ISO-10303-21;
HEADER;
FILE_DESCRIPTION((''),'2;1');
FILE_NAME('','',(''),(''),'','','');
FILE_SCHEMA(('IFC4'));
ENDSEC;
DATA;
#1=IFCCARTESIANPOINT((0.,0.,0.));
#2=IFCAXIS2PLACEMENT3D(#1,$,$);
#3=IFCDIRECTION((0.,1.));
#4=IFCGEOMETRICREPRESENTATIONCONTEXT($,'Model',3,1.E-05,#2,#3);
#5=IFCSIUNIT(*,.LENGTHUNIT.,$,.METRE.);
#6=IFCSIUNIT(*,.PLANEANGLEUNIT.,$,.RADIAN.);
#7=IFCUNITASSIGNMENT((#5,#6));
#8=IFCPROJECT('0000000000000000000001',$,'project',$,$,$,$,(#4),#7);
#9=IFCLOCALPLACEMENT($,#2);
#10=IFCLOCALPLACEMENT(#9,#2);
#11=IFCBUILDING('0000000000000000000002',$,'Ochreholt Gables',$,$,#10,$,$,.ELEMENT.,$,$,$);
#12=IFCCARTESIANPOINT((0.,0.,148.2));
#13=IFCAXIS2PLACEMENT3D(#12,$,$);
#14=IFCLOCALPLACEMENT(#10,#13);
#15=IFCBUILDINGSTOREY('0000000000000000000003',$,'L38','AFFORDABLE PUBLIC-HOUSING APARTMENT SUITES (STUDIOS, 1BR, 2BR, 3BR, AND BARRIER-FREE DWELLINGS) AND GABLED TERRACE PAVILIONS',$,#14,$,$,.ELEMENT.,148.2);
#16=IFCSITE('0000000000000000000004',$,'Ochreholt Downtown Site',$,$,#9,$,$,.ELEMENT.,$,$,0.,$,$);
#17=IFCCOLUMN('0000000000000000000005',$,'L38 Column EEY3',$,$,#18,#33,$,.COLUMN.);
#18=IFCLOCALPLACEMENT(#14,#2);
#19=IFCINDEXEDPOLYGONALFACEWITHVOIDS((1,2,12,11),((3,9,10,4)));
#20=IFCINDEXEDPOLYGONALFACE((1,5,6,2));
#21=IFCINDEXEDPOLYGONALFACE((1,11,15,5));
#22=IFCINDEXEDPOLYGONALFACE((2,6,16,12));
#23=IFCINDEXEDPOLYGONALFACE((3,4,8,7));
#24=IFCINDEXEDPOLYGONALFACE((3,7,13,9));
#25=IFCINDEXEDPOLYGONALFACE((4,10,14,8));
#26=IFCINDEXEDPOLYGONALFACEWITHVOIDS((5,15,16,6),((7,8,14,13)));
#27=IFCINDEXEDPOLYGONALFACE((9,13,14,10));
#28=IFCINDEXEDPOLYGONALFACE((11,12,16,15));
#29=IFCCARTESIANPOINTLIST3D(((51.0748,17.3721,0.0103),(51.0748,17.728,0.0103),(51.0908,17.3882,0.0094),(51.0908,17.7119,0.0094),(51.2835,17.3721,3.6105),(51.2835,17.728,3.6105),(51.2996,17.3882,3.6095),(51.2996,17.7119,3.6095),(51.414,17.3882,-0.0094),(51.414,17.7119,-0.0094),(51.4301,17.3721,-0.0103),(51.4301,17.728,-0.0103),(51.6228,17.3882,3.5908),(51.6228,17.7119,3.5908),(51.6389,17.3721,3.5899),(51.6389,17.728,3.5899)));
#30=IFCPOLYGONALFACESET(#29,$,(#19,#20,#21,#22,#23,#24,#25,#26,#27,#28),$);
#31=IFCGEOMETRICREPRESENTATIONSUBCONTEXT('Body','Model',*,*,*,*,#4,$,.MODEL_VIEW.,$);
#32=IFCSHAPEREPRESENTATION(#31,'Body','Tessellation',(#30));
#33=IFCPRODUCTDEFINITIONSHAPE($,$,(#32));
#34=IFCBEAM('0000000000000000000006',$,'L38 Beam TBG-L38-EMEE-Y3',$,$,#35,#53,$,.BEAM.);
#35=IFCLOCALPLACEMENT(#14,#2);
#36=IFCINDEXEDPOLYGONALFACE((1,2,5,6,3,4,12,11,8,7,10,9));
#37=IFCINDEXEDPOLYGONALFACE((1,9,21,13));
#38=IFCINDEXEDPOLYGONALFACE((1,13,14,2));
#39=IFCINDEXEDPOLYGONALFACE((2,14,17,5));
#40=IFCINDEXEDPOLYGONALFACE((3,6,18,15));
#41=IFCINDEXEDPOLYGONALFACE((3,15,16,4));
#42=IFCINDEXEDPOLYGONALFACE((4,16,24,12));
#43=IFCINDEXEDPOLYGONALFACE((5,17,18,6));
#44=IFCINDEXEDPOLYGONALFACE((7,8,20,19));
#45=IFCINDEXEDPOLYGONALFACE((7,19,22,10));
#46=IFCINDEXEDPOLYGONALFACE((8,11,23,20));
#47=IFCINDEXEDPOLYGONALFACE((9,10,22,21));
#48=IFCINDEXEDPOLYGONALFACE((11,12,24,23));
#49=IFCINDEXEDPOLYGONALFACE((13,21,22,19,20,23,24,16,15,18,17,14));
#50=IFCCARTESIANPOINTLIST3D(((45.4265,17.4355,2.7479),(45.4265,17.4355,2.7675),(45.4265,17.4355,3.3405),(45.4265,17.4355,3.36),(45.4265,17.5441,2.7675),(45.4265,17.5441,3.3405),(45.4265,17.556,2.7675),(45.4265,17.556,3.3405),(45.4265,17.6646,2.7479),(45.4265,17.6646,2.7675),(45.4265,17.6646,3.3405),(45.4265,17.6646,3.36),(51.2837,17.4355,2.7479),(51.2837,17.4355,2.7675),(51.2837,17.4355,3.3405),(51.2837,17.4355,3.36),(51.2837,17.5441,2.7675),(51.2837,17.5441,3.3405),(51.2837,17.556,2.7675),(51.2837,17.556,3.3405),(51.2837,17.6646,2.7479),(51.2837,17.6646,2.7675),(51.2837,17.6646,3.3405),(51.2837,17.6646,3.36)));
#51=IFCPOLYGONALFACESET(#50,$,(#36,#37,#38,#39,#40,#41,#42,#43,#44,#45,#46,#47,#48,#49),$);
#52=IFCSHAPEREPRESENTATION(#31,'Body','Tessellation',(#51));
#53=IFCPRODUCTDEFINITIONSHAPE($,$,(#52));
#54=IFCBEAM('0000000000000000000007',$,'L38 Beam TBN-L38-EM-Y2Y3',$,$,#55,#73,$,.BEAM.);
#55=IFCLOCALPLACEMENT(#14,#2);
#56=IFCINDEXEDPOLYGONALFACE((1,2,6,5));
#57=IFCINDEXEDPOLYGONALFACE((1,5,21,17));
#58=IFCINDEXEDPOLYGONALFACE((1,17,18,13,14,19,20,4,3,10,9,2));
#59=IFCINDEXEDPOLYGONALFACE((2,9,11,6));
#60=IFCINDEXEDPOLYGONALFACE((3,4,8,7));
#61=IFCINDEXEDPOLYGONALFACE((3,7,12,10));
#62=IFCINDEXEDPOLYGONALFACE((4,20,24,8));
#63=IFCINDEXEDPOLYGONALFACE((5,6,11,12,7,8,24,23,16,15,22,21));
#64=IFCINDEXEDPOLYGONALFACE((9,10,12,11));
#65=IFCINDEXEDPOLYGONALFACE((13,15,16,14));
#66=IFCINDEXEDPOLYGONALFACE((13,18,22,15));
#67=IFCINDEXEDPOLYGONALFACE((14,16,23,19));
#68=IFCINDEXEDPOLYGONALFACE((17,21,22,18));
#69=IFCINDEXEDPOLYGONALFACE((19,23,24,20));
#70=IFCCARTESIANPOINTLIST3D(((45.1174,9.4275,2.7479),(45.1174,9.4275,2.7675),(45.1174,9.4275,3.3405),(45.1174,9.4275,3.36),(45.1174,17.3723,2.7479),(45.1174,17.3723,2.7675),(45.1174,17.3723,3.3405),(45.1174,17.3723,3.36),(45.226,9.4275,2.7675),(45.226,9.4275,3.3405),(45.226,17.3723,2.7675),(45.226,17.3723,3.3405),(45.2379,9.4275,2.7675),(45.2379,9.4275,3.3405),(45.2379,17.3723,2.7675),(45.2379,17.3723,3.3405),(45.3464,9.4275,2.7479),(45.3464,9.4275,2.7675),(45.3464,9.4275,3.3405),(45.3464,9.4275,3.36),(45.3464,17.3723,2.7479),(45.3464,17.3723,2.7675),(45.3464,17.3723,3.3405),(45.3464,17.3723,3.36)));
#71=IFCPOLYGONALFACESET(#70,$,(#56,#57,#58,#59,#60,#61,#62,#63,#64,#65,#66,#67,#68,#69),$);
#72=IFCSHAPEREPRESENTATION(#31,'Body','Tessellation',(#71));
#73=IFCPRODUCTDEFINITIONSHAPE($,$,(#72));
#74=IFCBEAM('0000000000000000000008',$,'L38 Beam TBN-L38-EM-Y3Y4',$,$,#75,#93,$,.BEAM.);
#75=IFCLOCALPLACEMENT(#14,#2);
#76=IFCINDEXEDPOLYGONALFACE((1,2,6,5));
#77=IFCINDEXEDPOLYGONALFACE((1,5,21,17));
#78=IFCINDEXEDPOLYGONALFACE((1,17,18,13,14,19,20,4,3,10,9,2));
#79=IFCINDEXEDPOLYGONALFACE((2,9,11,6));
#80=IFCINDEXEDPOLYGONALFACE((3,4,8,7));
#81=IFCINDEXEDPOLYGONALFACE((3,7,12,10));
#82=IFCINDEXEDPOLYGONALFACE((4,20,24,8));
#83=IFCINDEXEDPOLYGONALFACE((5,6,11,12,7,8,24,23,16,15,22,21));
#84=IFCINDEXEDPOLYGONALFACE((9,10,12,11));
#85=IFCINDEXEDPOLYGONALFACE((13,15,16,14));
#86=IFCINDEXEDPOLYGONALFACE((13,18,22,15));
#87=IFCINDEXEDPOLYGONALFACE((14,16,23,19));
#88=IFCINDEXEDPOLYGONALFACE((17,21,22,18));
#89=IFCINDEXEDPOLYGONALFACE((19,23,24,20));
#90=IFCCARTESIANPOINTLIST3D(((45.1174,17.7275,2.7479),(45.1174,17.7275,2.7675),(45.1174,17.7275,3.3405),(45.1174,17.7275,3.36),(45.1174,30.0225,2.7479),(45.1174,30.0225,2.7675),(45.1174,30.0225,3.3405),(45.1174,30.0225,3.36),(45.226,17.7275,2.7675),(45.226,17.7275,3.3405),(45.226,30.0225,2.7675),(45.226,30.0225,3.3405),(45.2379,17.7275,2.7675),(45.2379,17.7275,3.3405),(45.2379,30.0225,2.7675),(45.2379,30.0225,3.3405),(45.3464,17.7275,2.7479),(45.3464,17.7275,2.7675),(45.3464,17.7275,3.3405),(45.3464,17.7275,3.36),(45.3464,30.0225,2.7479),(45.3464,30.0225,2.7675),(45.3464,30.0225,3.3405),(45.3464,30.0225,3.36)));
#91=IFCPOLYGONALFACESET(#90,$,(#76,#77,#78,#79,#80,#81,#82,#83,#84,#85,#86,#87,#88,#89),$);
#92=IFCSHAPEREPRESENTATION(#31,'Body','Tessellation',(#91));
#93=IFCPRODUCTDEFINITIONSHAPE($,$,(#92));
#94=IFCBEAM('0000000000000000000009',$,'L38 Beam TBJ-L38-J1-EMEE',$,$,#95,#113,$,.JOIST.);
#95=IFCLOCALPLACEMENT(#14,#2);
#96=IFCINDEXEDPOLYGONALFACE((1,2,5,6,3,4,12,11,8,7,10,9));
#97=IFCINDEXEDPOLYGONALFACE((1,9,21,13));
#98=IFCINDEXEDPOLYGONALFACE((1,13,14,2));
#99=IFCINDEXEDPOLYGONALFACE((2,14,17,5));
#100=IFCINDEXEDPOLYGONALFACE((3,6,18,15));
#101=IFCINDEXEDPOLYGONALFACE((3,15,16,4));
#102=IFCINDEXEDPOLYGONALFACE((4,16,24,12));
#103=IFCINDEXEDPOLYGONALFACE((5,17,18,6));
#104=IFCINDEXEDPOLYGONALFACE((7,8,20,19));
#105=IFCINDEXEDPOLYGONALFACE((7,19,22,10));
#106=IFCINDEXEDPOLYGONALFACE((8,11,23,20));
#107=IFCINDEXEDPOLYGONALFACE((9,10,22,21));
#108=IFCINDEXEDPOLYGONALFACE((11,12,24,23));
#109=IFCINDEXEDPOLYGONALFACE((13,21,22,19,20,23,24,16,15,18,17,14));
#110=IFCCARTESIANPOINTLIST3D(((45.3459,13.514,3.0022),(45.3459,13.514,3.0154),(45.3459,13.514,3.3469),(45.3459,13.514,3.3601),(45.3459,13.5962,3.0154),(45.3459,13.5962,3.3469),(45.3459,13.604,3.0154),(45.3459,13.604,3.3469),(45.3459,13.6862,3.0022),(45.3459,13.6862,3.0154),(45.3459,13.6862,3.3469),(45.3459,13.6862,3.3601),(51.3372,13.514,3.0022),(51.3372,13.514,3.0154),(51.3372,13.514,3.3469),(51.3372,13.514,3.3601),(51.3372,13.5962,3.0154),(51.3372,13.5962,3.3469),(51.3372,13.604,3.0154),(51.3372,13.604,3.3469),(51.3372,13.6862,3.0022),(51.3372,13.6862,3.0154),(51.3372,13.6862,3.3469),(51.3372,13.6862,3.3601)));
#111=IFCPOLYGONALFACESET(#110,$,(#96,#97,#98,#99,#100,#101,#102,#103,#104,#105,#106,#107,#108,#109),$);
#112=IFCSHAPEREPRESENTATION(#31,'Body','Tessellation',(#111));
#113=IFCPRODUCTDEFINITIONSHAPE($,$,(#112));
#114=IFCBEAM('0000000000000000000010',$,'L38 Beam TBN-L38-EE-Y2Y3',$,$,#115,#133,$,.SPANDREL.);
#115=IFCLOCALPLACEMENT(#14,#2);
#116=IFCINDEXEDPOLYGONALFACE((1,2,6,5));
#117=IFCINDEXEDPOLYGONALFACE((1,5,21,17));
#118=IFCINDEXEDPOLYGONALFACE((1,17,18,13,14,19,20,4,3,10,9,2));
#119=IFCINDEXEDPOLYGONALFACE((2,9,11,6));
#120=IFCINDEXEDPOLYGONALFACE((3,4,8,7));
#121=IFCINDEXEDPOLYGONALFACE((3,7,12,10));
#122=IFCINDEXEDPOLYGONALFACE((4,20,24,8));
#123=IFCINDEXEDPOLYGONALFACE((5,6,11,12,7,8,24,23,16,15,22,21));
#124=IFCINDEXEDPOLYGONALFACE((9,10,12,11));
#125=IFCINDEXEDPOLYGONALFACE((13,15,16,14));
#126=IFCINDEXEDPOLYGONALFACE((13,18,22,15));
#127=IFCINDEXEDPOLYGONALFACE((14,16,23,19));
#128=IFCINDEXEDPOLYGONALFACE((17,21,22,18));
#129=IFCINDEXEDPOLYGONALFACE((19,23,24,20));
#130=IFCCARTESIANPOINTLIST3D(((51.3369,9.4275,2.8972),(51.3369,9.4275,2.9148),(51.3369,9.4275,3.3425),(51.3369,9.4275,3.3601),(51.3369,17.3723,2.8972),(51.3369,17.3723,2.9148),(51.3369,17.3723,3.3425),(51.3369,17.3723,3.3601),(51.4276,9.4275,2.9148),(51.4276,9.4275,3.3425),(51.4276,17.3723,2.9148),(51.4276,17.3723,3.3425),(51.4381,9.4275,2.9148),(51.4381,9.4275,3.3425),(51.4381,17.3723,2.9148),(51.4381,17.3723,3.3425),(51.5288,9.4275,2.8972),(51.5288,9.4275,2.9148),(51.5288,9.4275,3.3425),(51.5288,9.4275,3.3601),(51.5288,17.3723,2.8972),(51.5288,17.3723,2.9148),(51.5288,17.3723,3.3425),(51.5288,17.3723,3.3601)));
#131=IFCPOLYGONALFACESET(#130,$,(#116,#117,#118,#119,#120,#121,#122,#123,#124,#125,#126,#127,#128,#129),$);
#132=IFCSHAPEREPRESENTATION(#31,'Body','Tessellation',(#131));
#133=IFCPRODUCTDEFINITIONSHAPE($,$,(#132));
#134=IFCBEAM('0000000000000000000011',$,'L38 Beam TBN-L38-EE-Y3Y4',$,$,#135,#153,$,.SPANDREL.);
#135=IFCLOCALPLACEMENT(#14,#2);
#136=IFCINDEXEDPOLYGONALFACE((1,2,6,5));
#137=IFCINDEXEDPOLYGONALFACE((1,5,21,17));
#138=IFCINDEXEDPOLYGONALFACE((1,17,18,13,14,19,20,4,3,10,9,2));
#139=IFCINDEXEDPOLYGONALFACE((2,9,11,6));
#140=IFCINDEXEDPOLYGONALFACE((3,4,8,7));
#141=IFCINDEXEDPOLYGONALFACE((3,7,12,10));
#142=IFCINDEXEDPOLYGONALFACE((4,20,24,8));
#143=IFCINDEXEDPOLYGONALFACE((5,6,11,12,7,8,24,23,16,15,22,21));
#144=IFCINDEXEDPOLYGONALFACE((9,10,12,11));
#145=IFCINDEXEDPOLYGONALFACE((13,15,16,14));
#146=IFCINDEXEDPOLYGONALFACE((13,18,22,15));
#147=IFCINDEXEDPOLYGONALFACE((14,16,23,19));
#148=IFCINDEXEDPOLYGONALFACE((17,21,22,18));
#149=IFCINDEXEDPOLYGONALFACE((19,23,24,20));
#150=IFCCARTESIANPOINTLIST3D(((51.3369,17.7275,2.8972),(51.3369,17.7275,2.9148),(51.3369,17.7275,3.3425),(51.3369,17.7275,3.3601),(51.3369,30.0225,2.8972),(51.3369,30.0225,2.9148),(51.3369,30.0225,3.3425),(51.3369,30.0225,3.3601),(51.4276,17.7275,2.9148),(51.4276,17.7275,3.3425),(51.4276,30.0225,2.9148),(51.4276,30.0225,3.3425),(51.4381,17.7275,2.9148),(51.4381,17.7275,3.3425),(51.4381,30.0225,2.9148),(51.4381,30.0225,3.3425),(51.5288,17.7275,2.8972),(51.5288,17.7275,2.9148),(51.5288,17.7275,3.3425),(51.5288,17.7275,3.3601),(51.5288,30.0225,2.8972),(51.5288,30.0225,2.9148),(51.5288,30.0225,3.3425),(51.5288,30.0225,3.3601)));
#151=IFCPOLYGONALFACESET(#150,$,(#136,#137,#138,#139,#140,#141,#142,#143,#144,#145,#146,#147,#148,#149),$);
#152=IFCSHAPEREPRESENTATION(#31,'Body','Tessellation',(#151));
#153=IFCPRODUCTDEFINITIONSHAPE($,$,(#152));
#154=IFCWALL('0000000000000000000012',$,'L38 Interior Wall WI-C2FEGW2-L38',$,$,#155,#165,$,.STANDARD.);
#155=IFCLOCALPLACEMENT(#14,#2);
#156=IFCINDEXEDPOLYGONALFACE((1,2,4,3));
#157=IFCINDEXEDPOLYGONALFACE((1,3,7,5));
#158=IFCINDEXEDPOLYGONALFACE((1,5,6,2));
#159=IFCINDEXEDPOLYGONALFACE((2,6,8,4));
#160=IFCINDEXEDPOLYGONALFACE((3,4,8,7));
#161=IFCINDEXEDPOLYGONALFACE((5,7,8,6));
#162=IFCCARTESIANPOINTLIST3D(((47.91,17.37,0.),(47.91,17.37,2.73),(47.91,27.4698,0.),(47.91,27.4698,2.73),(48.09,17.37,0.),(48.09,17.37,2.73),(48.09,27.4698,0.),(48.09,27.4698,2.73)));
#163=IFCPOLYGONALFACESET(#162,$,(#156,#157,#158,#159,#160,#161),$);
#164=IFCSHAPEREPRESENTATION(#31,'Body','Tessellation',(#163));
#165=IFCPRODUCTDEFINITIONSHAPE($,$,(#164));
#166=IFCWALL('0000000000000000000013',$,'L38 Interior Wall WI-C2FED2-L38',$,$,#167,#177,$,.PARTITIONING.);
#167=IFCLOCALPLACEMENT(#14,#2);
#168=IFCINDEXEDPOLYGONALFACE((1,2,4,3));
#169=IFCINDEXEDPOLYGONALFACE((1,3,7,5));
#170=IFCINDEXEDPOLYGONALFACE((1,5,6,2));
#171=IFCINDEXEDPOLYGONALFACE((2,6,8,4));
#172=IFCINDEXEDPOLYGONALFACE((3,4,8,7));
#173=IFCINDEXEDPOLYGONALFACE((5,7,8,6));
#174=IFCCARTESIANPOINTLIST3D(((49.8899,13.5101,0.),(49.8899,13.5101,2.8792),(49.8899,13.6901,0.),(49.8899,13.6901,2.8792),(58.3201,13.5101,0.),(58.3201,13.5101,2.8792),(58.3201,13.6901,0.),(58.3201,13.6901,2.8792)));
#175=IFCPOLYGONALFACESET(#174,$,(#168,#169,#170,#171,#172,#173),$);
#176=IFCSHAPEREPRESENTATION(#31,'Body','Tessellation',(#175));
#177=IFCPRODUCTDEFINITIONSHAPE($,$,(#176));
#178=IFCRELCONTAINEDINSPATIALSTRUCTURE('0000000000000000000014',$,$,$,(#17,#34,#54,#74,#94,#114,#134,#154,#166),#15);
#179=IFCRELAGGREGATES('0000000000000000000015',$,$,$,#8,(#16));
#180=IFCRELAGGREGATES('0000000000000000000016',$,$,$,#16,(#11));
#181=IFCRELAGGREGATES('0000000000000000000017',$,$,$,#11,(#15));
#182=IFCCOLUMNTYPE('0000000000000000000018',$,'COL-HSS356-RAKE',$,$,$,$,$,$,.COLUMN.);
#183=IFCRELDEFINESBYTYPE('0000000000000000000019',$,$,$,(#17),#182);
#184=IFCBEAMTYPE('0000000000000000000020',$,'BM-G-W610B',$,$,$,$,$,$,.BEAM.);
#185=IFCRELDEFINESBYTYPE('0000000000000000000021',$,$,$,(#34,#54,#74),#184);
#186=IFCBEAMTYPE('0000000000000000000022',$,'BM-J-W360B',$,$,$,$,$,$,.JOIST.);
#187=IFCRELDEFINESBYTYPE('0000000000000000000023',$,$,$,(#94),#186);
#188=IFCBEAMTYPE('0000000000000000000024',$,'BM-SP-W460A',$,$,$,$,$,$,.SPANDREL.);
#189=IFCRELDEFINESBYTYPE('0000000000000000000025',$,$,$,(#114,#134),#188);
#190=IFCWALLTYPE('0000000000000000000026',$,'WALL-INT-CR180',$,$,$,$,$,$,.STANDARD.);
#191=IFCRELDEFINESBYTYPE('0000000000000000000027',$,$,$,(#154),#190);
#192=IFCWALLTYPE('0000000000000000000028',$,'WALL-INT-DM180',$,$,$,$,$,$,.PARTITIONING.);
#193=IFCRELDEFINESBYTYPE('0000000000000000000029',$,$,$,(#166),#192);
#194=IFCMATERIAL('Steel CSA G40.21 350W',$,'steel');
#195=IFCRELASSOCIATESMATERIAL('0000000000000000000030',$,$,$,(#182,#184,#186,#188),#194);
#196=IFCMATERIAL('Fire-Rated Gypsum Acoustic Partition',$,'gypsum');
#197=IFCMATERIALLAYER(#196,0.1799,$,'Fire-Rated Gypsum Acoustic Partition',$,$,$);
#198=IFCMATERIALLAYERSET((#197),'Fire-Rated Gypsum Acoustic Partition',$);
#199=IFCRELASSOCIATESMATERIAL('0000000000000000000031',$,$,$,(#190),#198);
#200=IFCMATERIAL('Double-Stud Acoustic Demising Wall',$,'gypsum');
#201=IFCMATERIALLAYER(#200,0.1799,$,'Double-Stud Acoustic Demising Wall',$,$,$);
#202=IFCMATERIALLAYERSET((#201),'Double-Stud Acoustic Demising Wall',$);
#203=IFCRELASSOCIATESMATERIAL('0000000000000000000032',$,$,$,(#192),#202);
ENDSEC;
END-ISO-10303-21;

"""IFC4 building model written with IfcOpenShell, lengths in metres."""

from ifc_helpers import new_model, si_unit, direction, frame, frame_2d, origin, origin_2d, place, context, subcontext, project, spatial, rectangle, hollow_rectangle, i_section, extrude, material, layer, layer_set, material_profile, profile_set, type_object, element, save


model = new_model("IFC4")

# Units and contexts
model_context = context("Model", 3, precision=1e-05, world=origin(), true_north=direction((0.0, 1.0)))
body_context = subcontext(model_context, "Body", "Model", "MODEL_VIEW")
ifc_project = project(units=[si_unit("LENGTHUNIT", "METRE"), si_unit("PLANEANGLEUNIT", "RADIAN")], contexts=[model_context])

# Site, building, storey
site_placement = place(None, origin())
site = spatial("IfcSite", under=ifc_project, at=site_placement, Name="Ochreholt Downtown Site", CompositionType="ELEMENT", RefElevation=0.0)
building_placement = place(site_placement, origin())
building = spatial("IfcBuilding", under=site, at=building_placement, Name="Ochreholt Gables", CompositionType="ELEMENT")
storey_placement = place(building_placement, frame((0.0, 0.0, 148.2)))
storey = spatial("IfcBuildingStorey", under=building, at=storey_placement, Name="L38", Description="AFFORDABLE PUBLIC-HOUSING APARTMENT SUITES (STUDIOS, 1BR, 2BR, 3BR, AND BARRIER-FREE DWELLINGS) AND GABLED TERRACE PAVILIONS", CompositionType="ELEMENT", Elevation=148.2)

# Column
ifc_material_1 = material(Name="Steel CSA G40.21 350W", Category="steel")
ifc_material_profile_1 = material_profile(ifc_material_1, hollow_rectangle(XDim=0.356, YDim=0.356, WallThickness=0.0161, at=origin_2d()), Name="HSS356X356X16")
ifc_profile_set_1 = profile_set([ifc_material_profile_1], Name="Steel CSA G40.21 350W")
column_type = type_object("IfcColumnType", Name="COL-HSS356-RAKE", PredefinedType="COLUMN", material=ifc_profile_set_1)
column_placement = place(storey_placement, frame((51.2524, 17.55, 0.0), z_axis=(0.057885, 0.0, 0.998323), x_axis=(0.0, 1.0, 0.0)))
element("IfcColumn", 1, at=column_placement, inside=storey, type_object=column_type, Name="L38 Column EEY3", PredefinedType="COLUMN", context=body_context, shape_type="SweptSolid", body=[
    extrude(hollow_rectangle(XDim=0.356, YDim=0.356, WallThickness=0.0161, at=origin_2d()), origin(), (0.0, 0.0, 1.0), 3.6062),
])

# Beams
ifc_material_profile_2 = material_profile(ifc_material_1, i_section(OverallWidth=0.229, OverallDepth=0.6121, WebThickness=0.012, FlangeThickness=0.0195, at=origin_2d()), Name="W610X125")
ifc_profile_set_2 = profile_set([ifc_material_profile_2], Name="Steel CSA G40.21 350W")
beam_type_1 = type_object("IfcBeamType", Name="BM-G-W610B", PredefinedType="BEAM", material=ifc_profile_set_2)
beam_1_placement = place(storey_placement, frame((45.4265, 17.55, 3.054), z_axis=(1.0, 0.0, 0.0), x_axis=(0.0, 1.0, 0.0)))
element("IfcBeam", 2, at=beam_1_placement, inside=storey, type_object=beam_type_1, Name="L38 Beam TBG-L38-EMEE-Y3", PredefinedType="BEAM", context=body_context, shape_type="SweptSolid", body=[
    extrude(i_section(OverallWidth=0.229, OverallDepth=0.6121, WebThickness=0.012, FlangeThickness=0.0195, at=origin_2d()), origin(), (0.0, 0.0, 1.0), 5.8572),
])
beam_2_placement = place(storey_placement, frame((45.2319, 9.4275, 3.054), z_axis=(0.0, 1.0, 0.0), x_axis=(-1.0, 0.0, 0.0)))
element("IfcBeam", 3, at=beam_2_placement, inside=storey, type_object=beam_type_1, Name="L38 Beam TBN-L38-EM-Y2Y3", PredefinedType="BEAM", context=body_context, shape_type="SweptSolid", body=[
    extrude(i_section(OverallWidth=0.229, OverallDepth=0.6121, WebThickness=0.012, FlangeThickness=0.0195, at=origin_2d()), origin(), (0.0, 0.0, 1.0), 7.9448),
])
beam_3_placement = place(storey_placement, frame((45.2319, 17.7275, 3.054), z_axis=(0.0, 1.0, 0.0), x_axis=(-1.0, 0.0, 0.0)))
element("IfcBeam", 4, at=beam_3_placement, inside=storey, type_object=beam_type_1, Name="L38 Beam TBN-L38-EM-Y3Y4", PredefinedType="BEAM", context=body_context, shape_type="SweptSolid", body=[
    extrude(i_section(OverallWidth=0.229, OverallDepth=0.6121, WebThickness=0.012, FlangeThickness=0.0195, at=origin_2d()), origin(), (0.0, 0.0, 1.0), 12.2949),
])
ifc_material_profile_3 = material_profile(ifc_material_1, i_section(OverallWidth=0.1721, OverallDepth=0.3579, WebThickness=0.0078, FlangeThickness=0.0132, at=origin_2d()), Name="W360X57")
ifc_profile_set_3 = profile_set([ifc_material_profile_3], Name="Steel CSA G40.21 350W")
beam_type_2 = type_object("IfcBeamType", Name="BM-J-W360B", PredefinedType="JOIST", material=ifc_profile_set_3)
beam_4_placement = place(storey_placement, frame((45.3459, 13.6001, 3.1812), z_axis=(1.0, 0.0, 0.0), x_axis=(0.0, 1.0, 0.0)))
element("IfcBeam", 5, at=beam_4_placement, inside=storey, type_object=beam_type_2, Name="L38 Beam TBJ-L38-J1-EMEE", PredefinedType="JOIST", context=body_context, shape_type="SweptSolid", body=[
    extrude(i_section(OverallWidth=0.1721, OverallDepth=0.3579, WebThickness=0.0078, FlangeThickness=0.0132, at=origin_2d()), origin(), (0.0, 0.0, 1.0), 5.9912),
])
ifc_material_profile_4 = material_profile(ifc_material_1, i_section(OverallWidth=0.1919, OverallDepth=0.4629, WebThickness=0.0105, FlangeThickness=0.0176, at=origin_2d()), Name="W460X89")
ifc_profile_set_4 = profile_set([ifc_material_profile_4], Name="Steel CSA G40.21 350W")
beam_type_3 = type_object("IfcBeamType", Name="BM-SP-W460A", PredefinedType="SPANDREL", material=ifc_profile_set_4)
beam_5_placement = place(storey_placement, frame((51.4329, 9.4275, 3.1287), z_axis=(0.0, 1.0, 0.0), x_axis=(-1.0, 0.0, 0.0)))
element("IfcBeam", 6, at=beam_5_placement, inside=storey, type_object=beam_type_3, Name="L38 Beam TBN-L38-EE-Y2Y3", PredefinedType="SPANDREL", context=body_context, shape_type="SweptSolid", body=[
    extrude(i_section(OverallWidth=0.1919, OverallDepth=0.4629, WebThickness=0.0105, FlangeThickness=0.0176, at=origin_2d()), origin(), (0.0, 0.0, 1.0), 7.9448),
])
beam_6_placement = place(storey_placement, frame((51.4329, 17.7275, 3.1287), z_axis=(0.0, 1.0, 0.0), x_axis=(-1.0, 0.0, 0.0)))
element("IfcBeam", 7, at=beam_6_placement, inside=storey, type_object=beam_type_3, Name="L38 Beam TBN-L38-EE-Y3Y4", PredefinedType="SPANDREL", context=body_context, shape_type="SweptSolid", body=[
    extrude(i_section(OverallWidth=0.1919, OverallDepth=0.4629, WebThickness=0.0105, FlangeThickness=0.0176, at=origin_2d()), origin(), (0.0, 0.0, 1.0), 12.2949),
])

# Walls
ifc_material_2 = material(Name="Fire-Rated Gypsum Acoustic Partition", Category="gypsum")
ifc_layer_1 = layer(ifc_material_2, 0.1799, Name="Fire-Rated Gypsum Acoustic Partition")
ifc_layer_set_1 = layer_set([ifc_layer_1], Name="Fire-Rated Gypsum Acoustic Partition")
wall_type_1 = type_object("IfcWallType", Name="WALL-INT-CR180", PredefinedType="STANDARD", material=ifc_layer_set_1)
wall_1_placement = place(storey_placement, frame((48.0, 17.3701, 0.0), z_axis=(0.0, 0.0, 1.0), x_axis=(0.0, 1.0, 0.0)))
element("IfcWall", 8, at=wall_1_placement, inside=storey, type_object=wall_type_1, Name="L38 Interior Wall WI-C2FEGW2-L38", PredefinedType="STANDARD", context=body_context, shape_type="SweptSolid", body=[
    extrude(rectangle(XDim=10.0999, YDim=0.1799, at=frame_2d((5.0498, 0.0))), origin(), (0.0, 0.0, 1.0), 2.73),
])
ifc_material_3 = material(Name="Double-Stud Acoustic Demising Wall", Category="gypsum")
ifc_layer_2 = layer(ifc_material_3, 0.1799, Name="Double-Stud Acoustic Demising Wall")
ifc_layer_set_2 = layer_set([ifc_layer_2], Name="Double-Stud Acoustic Demising Wall")
wall_type_2 = type_object("IfcWallType", Name="WALL-INT-DM180", PredefinedType="PARTITIONING", material=ifc_layer_set_2)
wall_2_placement = place(storey_placement, frame((49.8899, 13.6001, 0.0), z_axis=(0.0, 0.0, 1.0), x_axis=(1.0, 0.0, 0.0)))
element("IfcWall", 9, at=wall_2_placement, inside=storey, type_object=wall_type_2, Name="L38 Interior Wall WI-C2FED2-L38", PredefinedType="PARTITIONING", context=body_context, shape_type="SweptSolid", body=[
    extrude(rectangle(XDim=8.4302, YDim=0.1799, at=frame_2d((4.2151, 0.0))), origin(), (0.0, 0.0, 1.0), 2.8792),
])

save(model, "model.ifc")
